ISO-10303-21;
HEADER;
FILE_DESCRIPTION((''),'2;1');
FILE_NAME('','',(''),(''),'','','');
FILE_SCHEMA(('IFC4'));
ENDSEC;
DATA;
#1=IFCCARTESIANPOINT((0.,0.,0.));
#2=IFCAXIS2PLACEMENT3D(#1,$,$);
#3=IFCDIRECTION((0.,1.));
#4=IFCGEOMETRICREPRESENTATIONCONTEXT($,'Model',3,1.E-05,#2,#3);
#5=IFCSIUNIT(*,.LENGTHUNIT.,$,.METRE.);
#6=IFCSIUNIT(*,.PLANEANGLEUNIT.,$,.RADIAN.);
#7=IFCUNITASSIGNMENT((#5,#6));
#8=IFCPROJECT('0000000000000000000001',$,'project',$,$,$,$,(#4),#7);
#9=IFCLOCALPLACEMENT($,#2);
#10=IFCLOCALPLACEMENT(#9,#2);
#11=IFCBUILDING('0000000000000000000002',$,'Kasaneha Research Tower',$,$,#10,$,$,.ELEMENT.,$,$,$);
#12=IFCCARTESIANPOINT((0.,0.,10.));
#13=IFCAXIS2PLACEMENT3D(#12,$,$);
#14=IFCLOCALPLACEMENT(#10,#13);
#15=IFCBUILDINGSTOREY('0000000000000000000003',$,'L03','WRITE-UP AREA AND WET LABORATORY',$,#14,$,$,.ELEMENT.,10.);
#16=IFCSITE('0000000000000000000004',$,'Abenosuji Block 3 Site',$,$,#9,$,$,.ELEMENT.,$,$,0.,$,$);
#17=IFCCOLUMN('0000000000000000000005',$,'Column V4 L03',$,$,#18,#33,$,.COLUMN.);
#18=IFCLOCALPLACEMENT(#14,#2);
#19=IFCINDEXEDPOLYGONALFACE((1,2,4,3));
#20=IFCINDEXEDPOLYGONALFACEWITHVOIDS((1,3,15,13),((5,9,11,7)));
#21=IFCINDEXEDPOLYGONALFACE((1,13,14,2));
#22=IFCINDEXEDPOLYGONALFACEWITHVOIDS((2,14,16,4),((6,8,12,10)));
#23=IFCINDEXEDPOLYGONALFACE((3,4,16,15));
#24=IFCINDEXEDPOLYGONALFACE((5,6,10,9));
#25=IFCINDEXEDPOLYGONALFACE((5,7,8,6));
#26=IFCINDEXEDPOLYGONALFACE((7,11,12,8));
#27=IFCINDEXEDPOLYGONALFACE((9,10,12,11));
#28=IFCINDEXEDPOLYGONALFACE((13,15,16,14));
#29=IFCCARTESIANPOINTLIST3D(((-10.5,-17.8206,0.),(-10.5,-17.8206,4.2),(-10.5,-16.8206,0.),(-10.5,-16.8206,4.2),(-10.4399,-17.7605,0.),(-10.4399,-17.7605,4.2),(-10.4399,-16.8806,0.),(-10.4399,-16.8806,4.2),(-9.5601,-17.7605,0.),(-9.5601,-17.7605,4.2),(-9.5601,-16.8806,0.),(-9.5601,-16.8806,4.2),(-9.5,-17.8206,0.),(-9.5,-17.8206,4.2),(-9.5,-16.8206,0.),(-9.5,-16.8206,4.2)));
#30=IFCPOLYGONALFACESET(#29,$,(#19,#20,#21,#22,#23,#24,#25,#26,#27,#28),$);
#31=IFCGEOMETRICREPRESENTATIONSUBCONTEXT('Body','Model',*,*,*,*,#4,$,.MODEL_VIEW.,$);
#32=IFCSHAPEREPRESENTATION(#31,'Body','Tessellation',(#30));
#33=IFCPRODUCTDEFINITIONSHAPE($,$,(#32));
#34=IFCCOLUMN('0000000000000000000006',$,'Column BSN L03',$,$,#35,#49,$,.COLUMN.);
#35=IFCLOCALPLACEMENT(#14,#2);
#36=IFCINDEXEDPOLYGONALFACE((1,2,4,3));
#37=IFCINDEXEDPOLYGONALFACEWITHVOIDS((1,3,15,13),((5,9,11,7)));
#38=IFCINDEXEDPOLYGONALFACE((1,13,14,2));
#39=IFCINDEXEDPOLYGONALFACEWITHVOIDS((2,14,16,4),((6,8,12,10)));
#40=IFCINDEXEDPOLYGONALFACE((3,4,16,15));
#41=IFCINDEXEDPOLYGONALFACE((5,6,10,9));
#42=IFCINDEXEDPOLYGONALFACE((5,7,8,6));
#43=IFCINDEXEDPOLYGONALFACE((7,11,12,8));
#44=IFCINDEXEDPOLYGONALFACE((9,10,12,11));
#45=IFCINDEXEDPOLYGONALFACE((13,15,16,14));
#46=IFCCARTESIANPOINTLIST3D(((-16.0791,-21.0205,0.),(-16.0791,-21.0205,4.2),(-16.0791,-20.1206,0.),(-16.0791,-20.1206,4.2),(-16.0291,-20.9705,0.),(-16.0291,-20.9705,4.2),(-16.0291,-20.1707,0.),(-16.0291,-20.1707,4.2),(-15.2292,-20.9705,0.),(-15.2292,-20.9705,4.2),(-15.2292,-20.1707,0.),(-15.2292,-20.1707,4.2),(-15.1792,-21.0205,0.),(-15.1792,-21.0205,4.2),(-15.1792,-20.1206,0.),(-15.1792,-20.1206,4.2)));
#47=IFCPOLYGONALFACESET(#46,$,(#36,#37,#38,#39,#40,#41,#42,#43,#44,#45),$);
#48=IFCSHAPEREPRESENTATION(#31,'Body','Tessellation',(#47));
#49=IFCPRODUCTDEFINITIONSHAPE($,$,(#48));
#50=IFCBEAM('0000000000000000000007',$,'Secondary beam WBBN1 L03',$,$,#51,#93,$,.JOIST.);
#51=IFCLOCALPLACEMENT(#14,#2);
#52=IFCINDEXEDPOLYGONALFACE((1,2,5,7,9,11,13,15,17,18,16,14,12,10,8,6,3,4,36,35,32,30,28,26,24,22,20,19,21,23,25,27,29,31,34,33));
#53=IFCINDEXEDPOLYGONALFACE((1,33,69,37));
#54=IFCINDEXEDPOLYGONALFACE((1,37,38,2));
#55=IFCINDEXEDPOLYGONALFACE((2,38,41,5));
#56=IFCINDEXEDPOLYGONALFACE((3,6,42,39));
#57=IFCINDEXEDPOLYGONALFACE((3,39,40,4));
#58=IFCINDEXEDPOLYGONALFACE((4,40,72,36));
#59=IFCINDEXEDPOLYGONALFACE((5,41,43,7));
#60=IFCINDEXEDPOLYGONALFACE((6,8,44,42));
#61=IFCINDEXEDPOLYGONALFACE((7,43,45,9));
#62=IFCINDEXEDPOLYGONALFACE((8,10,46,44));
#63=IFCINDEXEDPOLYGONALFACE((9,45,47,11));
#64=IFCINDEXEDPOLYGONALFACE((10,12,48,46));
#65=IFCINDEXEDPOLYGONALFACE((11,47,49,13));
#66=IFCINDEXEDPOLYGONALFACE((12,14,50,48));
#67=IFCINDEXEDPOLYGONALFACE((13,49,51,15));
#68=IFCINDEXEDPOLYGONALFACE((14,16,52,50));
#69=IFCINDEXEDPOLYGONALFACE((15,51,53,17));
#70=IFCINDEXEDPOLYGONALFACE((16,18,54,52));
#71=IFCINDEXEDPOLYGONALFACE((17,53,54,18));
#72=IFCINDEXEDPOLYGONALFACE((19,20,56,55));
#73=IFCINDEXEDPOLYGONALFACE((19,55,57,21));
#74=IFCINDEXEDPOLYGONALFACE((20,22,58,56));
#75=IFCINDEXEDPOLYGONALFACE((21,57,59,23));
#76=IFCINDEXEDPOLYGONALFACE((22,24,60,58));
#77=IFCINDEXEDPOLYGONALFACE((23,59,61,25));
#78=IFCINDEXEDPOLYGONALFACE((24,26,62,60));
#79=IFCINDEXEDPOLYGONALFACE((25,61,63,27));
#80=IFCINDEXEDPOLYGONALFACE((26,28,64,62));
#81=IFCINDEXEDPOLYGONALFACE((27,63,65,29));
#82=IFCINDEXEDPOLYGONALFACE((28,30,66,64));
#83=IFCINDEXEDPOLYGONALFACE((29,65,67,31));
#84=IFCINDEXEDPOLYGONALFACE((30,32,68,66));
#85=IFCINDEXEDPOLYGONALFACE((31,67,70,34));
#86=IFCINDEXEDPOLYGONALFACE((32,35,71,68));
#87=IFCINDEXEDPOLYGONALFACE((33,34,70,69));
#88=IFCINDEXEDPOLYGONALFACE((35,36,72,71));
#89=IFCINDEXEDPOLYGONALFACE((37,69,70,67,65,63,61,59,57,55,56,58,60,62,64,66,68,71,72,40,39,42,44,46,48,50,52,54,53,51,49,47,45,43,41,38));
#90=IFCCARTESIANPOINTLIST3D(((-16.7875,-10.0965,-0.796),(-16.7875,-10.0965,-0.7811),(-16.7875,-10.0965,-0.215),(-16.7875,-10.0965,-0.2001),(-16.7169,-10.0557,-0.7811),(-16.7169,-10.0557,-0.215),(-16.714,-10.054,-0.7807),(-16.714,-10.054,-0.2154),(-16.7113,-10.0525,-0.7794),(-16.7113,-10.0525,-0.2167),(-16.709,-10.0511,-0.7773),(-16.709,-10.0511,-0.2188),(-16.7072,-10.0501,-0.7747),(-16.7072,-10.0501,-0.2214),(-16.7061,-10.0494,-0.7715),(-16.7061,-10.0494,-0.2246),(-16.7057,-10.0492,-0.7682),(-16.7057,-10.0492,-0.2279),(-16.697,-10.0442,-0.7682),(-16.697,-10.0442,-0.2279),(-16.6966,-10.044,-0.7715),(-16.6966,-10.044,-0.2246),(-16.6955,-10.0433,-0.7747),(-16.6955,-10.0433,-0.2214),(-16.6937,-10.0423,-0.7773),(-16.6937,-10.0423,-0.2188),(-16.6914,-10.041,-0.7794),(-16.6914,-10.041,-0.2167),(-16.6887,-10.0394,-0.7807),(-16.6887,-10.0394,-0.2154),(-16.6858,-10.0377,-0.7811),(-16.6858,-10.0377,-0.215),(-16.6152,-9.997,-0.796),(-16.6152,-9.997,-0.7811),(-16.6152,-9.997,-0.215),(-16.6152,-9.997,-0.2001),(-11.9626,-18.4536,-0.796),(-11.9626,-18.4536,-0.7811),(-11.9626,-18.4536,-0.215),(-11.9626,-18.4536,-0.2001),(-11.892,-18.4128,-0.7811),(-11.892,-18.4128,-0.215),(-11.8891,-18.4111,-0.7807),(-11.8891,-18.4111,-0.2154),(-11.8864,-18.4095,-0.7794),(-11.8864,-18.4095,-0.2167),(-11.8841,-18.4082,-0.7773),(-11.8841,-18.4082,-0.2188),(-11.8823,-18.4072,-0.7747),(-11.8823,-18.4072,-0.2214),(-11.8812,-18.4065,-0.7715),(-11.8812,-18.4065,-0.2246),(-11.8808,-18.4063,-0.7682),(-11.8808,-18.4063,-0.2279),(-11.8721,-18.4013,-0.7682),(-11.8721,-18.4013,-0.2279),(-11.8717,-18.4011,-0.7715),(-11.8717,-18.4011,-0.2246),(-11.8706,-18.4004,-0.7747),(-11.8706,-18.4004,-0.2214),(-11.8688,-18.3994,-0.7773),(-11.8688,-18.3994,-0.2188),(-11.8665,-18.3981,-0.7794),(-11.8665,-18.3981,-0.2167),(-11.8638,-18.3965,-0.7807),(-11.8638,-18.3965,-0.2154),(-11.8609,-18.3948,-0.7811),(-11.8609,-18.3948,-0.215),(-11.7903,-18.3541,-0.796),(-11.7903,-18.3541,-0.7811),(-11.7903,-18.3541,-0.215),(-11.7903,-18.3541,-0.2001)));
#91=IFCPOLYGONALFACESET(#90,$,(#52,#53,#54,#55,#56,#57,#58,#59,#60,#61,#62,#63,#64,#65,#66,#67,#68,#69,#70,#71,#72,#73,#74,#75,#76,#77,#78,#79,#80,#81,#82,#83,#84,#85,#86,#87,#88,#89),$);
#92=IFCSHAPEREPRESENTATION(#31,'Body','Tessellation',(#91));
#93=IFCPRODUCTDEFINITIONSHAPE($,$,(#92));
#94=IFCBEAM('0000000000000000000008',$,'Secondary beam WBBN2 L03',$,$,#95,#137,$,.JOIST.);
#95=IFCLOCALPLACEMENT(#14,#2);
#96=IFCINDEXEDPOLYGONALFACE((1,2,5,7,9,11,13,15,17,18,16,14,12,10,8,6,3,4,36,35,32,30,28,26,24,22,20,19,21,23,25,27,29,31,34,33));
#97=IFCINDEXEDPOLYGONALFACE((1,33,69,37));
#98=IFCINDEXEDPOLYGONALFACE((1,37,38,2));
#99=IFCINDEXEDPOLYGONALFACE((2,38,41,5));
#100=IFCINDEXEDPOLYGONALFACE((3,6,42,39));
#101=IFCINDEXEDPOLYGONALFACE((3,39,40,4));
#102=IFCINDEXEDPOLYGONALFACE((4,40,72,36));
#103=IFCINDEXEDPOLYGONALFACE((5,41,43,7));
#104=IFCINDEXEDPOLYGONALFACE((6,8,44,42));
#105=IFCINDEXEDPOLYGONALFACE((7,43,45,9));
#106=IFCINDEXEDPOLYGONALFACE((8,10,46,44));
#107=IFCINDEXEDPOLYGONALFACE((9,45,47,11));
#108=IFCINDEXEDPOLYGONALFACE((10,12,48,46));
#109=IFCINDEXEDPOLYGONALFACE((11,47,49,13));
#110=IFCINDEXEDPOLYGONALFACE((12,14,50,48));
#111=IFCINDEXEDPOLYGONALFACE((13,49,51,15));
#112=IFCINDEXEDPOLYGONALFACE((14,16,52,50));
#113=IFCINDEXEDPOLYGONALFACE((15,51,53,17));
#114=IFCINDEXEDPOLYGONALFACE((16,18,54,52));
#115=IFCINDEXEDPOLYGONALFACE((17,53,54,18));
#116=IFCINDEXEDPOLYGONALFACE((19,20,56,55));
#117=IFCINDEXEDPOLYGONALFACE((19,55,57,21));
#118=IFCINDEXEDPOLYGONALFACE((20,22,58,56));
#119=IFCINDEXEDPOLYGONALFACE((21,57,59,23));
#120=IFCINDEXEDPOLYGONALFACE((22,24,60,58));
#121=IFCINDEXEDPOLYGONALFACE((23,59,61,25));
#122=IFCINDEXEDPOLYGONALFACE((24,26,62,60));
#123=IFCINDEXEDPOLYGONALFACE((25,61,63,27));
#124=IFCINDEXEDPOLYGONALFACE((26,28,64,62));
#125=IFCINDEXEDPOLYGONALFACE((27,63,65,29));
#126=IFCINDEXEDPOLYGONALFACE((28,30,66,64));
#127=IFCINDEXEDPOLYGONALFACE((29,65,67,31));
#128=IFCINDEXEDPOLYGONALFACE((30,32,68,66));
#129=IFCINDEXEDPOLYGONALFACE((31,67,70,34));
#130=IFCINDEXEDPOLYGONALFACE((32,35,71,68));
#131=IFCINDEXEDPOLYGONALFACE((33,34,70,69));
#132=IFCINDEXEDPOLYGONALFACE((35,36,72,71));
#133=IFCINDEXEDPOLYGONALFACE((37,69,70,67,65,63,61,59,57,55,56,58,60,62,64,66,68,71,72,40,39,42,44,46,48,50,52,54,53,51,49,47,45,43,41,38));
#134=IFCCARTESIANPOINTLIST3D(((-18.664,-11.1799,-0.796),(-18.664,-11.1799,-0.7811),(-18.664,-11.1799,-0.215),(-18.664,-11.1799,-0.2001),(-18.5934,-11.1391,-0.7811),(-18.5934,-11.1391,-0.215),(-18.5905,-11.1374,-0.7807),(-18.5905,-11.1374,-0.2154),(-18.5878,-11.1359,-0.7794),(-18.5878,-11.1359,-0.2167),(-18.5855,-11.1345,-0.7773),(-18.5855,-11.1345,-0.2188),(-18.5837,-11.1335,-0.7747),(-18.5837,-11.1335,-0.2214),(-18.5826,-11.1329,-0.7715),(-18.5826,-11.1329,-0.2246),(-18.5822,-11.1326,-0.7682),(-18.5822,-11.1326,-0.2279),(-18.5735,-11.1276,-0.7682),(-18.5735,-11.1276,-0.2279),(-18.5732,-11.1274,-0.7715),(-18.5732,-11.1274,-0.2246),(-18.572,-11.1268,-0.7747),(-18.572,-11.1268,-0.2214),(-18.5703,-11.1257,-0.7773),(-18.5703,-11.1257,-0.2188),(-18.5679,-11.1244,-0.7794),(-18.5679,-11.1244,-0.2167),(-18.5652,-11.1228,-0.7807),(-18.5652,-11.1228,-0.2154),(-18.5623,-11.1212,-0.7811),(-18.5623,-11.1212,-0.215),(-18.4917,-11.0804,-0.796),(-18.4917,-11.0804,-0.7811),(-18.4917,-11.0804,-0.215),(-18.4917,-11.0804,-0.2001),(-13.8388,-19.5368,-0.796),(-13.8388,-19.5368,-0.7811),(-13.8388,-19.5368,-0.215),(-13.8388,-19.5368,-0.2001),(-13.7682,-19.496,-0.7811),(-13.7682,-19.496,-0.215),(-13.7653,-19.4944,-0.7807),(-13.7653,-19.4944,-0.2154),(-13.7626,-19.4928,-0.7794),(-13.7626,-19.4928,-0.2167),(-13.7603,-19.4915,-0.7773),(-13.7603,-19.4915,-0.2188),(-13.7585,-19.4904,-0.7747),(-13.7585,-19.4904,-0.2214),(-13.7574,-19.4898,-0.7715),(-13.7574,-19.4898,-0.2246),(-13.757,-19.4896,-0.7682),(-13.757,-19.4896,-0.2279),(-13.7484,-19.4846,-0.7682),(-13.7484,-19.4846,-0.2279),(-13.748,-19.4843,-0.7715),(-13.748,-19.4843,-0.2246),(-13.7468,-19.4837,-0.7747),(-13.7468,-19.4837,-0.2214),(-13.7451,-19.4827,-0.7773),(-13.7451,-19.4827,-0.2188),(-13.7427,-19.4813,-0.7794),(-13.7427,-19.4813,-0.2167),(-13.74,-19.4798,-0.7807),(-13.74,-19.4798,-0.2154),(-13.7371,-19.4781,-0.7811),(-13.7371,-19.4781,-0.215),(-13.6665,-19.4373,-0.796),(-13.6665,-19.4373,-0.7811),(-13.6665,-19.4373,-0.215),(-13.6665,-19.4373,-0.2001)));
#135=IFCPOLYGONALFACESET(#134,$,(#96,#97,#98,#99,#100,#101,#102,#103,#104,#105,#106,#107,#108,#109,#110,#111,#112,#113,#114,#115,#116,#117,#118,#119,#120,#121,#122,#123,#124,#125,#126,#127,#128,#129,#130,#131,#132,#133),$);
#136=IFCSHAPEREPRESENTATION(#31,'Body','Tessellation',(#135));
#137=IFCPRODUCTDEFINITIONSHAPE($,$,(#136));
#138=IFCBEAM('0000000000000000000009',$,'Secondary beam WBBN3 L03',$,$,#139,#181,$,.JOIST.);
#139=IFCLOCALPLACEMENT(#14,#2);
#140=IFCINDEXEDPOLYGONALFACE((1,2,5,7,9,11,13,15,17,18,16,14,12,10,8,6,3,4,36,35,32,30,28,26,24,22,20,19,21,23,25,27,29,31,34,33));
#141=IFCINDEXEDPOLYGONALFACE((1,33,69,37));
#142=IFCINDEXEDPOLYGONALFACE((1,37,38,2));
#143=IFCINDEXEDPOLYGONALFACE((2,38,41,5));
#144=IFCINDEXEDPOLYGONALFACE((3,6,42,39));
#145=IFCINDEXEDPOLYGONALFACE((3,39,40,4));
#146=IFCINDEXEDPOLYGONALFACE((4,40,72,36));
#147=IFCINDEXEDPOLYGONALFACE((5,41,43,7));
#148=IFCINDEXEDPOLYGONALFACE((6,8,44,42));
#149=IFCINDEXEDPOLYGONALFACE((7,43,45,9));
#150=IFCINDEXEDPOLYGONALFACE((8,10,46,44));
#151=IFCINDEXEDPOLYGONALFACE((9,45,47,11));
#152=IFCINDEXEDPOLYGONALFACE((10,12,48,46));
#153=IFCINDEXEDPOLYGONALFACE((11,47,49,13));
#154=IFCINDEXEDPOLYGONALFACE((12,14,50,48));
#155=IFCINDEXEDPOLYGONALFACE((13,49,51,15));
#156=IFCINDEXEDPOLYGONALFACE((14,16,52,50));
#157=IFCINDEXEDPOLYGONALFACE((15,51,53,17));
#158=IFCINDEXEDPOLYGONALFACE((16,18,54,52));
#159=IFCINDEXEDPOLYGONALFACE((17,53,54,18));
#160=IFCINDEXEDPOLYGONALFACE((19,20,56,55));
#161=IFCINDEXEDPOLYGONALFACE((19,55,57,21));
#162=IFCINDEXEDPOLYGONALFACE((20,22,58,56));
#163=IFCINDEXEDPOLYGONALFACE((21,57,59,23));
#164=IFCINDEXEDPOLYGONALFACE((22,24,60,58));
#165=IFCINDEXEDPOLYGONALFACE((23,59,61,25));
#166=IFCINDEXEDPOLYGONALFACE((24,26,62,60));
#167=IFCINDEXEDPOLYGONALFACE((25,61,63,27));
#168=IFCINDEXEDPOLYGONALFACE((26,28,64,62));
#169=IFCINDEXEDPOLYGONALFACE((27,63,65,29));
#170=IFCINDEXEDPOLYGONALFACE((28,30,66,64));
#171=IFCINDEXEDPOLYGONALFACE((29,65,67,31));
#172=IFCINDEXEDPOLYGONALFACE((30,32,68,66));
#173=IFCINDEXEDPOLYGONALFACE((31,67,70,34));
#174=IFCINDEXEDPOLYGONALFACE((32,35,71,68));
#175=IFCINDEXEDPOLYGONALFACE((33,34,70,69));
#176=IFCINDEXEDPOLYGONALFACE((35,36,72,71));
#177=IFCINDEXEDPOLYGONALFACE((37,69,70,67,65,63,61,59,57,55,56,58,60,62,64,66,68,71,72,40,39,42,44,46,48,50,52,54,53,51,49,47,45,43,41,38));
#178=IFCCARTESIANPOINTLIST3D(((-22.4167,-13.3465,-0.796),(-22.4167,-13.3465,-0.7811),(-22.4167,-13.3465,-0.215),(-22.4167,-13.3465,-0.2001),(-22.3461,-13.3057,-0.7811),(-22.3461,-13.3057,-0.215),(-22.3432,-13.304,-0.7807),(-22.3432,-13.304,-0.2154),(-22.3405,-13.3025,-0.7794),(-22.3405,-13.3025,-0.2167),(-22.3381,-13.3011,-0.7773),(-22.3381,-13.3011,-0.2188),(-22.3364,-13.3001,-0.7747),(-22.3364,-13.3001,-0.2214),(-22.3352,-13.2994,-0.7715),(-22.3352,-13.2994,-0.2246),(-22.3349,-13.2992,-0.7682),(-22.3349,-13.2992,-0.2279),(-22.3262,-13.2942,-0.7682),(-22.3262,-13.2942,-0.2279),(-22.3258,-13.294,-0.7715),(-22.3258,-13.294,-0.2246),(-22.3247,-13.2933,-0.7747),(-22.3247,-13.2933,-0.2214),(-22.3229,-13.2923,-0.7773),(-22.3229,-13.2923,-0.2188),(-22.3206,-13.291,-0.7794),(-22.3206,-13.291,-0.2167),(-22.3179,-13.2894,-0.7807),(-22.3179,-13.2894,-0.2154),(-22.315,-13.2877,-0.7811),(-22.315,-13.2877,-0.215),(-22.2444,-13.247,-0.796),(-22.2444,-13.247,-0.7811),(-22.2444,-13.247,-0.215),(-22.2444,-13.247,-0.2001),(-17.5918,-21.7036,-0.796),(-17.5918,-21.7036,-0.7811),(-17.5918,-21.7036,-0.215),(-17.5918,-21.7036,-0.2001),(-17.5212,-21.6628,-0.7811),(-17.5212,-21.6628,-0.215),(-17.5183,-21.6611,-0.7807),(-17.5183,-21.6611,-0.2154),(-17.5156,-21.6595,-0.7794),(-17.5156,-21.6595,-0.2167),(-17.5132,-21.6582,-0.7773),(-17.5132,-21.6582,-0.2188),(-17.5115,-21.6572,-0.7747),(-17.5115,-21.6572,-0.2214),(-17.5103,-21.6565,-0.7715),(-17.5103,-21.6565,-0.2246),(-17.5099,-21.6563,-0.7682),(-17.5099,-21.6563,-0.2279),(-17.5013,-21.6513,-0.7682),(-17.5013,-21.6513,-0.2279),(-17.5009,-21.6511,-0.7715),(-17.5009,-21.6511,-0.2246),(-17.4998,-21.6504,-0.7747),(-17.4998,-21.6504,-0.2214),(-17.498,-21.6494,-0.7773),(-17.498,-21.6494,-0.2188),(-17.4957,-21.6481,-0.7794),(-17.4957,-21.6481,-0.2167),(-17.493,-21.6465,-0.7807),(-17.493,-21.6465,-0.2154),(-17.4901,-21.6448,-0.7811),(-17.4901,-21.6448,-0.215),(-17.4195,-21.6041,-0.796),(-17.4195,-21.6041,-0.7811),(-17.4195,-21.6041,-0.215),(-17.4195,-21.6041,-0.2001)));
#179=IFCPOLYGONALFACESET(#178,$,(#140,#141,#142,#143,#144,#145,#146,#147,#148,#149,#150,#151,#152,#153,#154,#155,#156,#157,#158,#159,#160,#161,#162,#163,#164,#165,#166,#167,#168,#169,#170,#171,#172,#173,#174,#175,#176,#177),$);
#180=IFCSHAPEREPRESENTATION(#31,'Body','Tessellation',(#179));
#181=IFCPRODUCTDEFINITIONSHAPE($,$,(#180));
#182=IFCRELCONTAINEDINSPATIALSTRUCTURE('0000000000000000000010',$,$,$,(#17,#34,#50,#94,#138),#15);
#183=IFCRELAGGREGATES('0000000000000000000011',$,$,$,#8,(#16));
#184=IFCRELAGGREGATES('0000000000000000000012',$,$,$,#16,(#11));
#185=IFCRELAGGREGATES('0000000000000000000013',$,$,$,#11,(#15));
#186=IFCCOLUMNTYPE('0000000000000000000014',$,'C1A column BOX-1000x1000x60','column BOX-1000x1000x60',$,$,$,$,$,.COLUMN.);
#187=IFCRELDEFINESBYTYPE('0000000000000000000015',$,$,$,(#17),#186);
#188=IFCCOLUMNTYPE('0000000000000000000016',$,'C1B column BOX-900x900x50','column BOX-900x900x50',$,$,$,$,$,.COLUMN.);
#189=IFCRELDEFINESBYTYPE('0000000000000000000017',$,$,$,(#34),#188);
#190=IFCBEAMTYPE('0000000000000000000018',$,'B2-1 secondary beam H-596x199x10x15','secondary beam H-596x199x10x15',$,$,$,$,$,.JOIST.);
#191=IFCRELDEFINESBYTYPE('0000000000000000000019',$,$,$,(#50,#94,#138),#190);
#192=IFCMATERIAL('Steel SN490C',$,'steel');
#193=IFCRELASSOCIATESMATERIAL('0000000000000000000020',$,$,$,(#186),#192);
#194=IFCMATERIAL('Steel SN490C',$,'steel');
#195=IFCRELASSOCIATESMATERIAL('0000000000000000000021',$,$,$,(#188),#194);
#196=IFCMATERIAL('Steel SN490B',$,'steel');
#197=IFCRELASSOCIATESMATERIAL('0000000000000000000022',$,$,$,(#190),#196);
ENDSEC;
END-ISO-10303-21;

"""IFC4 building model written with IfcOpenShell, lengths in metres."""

from ifc_helpers import new_model, si_unit, direction, frame, origin, origin_2d, place, context, subcontext, project, spatial, hollow_rectangle, i_section, extrude, material, material_profile, profile_set, type_object, element, save


model = new_model("IFC4")

# Units and contexts
model_context = context("Model", 3, precision=1e-05, world=origin(), true_north=direction((0.0, 1.0)))
body_context = subcontext(model_context, "Body", "Model", "MODEL_VIEW")
ifc_project = project(units=[si_unit("LENGTHUNIT", "METRE"), si_unit("PLANEANGLEUNIT", "RADIAN")], contexts=[model_context])

# Site, building, storey
site_placement = place(None, origin())
site = spatial("IfcSite", under=ifc_project, at=site_placement, Name="Abenosuji Block 3 Site", CompositionType="ELEMENT", RefElevation=0.0)
building_placement = place(site_placement, origin())
building = spatial("IfcBuilding", under=site, at=building_placement, Name="Kasaneha Research Tower", CompositionType="ELEMENT")
storey_placement = place(building_placement, frame((0.0, 0.0, 10.0)))
storey = spatial("IfcBuildingStorey", under=building, at=storey_placement, Name="L03", Description="WRITE-UP AREA AND WET LABORATORY", CompositionType="ELEMENT", Elevation=10.0)

# Columns
ifc_material_1 = material(Name="Steel SN490C", Category="steel")
ifc_material_profile_1 = material_profile(ifc_material_1, hollow_rectangle(XDim=1.0, YDim=1.0, WallThickness=0.0601, at=origin_2d()), Name="BOX-1000x1000x60")
ifc_profile_set_1 = profile_set([ifc_material_profile_1], Name="Steel SN490C")
column_type_1 = type_object("IfcColumnType", Name="C1A column BOX-1000x1000x60", Description="column BOX-1000x1000x60", PredefinedType="COLUMN", material=ifc_profile_set_1)
column_1_placement = place(storey_placement, frame((-10.0, -17.3206, 0.0), z_axis=(0.0, 0.0, 1.0), x_axis=(1.0, 0.0, 0.0)))
element("IfcColumn", 1, at=column_1_placement, inside=storey, type_object=column_type_1, Name="Column V4 L03", PredefinedType="COLUMN", context=body_context, shape_type="SweptSolid", body=[
    extrude(hollow_rectangle(XDim=1.0, YDim=1.0, WallThickness=0.0601, at=origin_2d()), origin(), (0.0, 0.0, 1.0), 4.2),
])
ifc_material_2 = material(Name="Steel SN490C", Category="steel")
ifc_material_profile_2 = material_profile(ifc_material_2, hollow_rectangle(XDim=0.8999, YDim=0.8999, WallThickness=0.05, at=origin_2d()), Name="BOX-900x900x50")
ifc_profile_set_2 = profile_set([ifc_material_profile_2], Name="Steel SN490C")
column_type_2 = type_object("IfcColumnType", Name="C1B column BOX-900x900x50", Description="column BOX-900x900x50", PredefinedType="COLUMN", material=ifc_profile_set_2)
column_2_placement = place(storey_placement, frame((-15.6292, -20.5706, 0.0), z_axis=(0.0, 0.0, 1.0), x_axis=(1.0, 0.0, 0.0)))
element("IfcColumn", 2, at=column_2_placement, inside=storey, type_object=column_type_2, Name="Column BSN L03", PredefinedType="COLUMN", context=body_context, shape_type="SweptSolid", body=[
    extrude(hollow_rectangle(XDim=0.8999, YDim=0.8999, WallThickness=0.05, at=origin_2d()), origin(), (0.0, 0.0, 1.0), 4.2),
])

# Beams
ifc_material_3 = material(Name="Steel SN490B", Category="steel")
ifc_material_profile_3 = material_profile(ifc_material_3, i_section(OverallWidth=0.199, OverallDepth=0.5959, WebThickness=0.01, FlangeThickness=0.0149, FilletRadius=0.0129, at=origin_2d()), Name="H-596x199x10x15")
ifc_profile_set_3 = profile_set([ifc_material_profile_3], Name="Steel SN490B")
beam_type_1 = type_object("IfcBeamType", Name="B2-1 secondary beam H-596x199x10x15", Description="secondary beam H-596x199x10x15", PredefinedType="JOIST", material=ifc_profile_set_3)
for number, where, z_axis, x_axis, name in (
    (3, (-11.8765, -18.4038, -0.498), (-0.499995, 0.866028, 0.0), (-0.866028, -0.499995, 0.0), "Secondary beam WBBN1 L03"),
    (4, (-13.7527, -19.4871, -0.498), (-0.500025, 0.866011, 0.0), (-0.866011, -0.500025, 0.0), "Secondary beam WBBN2 L03"),
    (5, (-17.5056, -21.6538, -0.498), (-0.499995, 0.866028, 0.0), (-0.866028, -0.499995, 0.0), "Secondary beam WBBN3 L03"),
):
    element("IfcBeam", number, at=place(storey_placement, frame(where, z_axis=z_axis, x_axis=x_axis)), inside=storey, type_object=beam_type_1, Name=name, PredefinedType="JOIST", context=body_context, shape_type="SweptSolid", body=[
        extrude(i_section(OverallWidth=0.199, OverallDepth=0.5959, WebThickness=0.01, FlangeThickness=0.0149, FilletRadius=0.0129, at=origin_2d()), origin(), (0.0, 0.0, 1.0), 9.6499),
    ])

save(model, "model.ifc")
